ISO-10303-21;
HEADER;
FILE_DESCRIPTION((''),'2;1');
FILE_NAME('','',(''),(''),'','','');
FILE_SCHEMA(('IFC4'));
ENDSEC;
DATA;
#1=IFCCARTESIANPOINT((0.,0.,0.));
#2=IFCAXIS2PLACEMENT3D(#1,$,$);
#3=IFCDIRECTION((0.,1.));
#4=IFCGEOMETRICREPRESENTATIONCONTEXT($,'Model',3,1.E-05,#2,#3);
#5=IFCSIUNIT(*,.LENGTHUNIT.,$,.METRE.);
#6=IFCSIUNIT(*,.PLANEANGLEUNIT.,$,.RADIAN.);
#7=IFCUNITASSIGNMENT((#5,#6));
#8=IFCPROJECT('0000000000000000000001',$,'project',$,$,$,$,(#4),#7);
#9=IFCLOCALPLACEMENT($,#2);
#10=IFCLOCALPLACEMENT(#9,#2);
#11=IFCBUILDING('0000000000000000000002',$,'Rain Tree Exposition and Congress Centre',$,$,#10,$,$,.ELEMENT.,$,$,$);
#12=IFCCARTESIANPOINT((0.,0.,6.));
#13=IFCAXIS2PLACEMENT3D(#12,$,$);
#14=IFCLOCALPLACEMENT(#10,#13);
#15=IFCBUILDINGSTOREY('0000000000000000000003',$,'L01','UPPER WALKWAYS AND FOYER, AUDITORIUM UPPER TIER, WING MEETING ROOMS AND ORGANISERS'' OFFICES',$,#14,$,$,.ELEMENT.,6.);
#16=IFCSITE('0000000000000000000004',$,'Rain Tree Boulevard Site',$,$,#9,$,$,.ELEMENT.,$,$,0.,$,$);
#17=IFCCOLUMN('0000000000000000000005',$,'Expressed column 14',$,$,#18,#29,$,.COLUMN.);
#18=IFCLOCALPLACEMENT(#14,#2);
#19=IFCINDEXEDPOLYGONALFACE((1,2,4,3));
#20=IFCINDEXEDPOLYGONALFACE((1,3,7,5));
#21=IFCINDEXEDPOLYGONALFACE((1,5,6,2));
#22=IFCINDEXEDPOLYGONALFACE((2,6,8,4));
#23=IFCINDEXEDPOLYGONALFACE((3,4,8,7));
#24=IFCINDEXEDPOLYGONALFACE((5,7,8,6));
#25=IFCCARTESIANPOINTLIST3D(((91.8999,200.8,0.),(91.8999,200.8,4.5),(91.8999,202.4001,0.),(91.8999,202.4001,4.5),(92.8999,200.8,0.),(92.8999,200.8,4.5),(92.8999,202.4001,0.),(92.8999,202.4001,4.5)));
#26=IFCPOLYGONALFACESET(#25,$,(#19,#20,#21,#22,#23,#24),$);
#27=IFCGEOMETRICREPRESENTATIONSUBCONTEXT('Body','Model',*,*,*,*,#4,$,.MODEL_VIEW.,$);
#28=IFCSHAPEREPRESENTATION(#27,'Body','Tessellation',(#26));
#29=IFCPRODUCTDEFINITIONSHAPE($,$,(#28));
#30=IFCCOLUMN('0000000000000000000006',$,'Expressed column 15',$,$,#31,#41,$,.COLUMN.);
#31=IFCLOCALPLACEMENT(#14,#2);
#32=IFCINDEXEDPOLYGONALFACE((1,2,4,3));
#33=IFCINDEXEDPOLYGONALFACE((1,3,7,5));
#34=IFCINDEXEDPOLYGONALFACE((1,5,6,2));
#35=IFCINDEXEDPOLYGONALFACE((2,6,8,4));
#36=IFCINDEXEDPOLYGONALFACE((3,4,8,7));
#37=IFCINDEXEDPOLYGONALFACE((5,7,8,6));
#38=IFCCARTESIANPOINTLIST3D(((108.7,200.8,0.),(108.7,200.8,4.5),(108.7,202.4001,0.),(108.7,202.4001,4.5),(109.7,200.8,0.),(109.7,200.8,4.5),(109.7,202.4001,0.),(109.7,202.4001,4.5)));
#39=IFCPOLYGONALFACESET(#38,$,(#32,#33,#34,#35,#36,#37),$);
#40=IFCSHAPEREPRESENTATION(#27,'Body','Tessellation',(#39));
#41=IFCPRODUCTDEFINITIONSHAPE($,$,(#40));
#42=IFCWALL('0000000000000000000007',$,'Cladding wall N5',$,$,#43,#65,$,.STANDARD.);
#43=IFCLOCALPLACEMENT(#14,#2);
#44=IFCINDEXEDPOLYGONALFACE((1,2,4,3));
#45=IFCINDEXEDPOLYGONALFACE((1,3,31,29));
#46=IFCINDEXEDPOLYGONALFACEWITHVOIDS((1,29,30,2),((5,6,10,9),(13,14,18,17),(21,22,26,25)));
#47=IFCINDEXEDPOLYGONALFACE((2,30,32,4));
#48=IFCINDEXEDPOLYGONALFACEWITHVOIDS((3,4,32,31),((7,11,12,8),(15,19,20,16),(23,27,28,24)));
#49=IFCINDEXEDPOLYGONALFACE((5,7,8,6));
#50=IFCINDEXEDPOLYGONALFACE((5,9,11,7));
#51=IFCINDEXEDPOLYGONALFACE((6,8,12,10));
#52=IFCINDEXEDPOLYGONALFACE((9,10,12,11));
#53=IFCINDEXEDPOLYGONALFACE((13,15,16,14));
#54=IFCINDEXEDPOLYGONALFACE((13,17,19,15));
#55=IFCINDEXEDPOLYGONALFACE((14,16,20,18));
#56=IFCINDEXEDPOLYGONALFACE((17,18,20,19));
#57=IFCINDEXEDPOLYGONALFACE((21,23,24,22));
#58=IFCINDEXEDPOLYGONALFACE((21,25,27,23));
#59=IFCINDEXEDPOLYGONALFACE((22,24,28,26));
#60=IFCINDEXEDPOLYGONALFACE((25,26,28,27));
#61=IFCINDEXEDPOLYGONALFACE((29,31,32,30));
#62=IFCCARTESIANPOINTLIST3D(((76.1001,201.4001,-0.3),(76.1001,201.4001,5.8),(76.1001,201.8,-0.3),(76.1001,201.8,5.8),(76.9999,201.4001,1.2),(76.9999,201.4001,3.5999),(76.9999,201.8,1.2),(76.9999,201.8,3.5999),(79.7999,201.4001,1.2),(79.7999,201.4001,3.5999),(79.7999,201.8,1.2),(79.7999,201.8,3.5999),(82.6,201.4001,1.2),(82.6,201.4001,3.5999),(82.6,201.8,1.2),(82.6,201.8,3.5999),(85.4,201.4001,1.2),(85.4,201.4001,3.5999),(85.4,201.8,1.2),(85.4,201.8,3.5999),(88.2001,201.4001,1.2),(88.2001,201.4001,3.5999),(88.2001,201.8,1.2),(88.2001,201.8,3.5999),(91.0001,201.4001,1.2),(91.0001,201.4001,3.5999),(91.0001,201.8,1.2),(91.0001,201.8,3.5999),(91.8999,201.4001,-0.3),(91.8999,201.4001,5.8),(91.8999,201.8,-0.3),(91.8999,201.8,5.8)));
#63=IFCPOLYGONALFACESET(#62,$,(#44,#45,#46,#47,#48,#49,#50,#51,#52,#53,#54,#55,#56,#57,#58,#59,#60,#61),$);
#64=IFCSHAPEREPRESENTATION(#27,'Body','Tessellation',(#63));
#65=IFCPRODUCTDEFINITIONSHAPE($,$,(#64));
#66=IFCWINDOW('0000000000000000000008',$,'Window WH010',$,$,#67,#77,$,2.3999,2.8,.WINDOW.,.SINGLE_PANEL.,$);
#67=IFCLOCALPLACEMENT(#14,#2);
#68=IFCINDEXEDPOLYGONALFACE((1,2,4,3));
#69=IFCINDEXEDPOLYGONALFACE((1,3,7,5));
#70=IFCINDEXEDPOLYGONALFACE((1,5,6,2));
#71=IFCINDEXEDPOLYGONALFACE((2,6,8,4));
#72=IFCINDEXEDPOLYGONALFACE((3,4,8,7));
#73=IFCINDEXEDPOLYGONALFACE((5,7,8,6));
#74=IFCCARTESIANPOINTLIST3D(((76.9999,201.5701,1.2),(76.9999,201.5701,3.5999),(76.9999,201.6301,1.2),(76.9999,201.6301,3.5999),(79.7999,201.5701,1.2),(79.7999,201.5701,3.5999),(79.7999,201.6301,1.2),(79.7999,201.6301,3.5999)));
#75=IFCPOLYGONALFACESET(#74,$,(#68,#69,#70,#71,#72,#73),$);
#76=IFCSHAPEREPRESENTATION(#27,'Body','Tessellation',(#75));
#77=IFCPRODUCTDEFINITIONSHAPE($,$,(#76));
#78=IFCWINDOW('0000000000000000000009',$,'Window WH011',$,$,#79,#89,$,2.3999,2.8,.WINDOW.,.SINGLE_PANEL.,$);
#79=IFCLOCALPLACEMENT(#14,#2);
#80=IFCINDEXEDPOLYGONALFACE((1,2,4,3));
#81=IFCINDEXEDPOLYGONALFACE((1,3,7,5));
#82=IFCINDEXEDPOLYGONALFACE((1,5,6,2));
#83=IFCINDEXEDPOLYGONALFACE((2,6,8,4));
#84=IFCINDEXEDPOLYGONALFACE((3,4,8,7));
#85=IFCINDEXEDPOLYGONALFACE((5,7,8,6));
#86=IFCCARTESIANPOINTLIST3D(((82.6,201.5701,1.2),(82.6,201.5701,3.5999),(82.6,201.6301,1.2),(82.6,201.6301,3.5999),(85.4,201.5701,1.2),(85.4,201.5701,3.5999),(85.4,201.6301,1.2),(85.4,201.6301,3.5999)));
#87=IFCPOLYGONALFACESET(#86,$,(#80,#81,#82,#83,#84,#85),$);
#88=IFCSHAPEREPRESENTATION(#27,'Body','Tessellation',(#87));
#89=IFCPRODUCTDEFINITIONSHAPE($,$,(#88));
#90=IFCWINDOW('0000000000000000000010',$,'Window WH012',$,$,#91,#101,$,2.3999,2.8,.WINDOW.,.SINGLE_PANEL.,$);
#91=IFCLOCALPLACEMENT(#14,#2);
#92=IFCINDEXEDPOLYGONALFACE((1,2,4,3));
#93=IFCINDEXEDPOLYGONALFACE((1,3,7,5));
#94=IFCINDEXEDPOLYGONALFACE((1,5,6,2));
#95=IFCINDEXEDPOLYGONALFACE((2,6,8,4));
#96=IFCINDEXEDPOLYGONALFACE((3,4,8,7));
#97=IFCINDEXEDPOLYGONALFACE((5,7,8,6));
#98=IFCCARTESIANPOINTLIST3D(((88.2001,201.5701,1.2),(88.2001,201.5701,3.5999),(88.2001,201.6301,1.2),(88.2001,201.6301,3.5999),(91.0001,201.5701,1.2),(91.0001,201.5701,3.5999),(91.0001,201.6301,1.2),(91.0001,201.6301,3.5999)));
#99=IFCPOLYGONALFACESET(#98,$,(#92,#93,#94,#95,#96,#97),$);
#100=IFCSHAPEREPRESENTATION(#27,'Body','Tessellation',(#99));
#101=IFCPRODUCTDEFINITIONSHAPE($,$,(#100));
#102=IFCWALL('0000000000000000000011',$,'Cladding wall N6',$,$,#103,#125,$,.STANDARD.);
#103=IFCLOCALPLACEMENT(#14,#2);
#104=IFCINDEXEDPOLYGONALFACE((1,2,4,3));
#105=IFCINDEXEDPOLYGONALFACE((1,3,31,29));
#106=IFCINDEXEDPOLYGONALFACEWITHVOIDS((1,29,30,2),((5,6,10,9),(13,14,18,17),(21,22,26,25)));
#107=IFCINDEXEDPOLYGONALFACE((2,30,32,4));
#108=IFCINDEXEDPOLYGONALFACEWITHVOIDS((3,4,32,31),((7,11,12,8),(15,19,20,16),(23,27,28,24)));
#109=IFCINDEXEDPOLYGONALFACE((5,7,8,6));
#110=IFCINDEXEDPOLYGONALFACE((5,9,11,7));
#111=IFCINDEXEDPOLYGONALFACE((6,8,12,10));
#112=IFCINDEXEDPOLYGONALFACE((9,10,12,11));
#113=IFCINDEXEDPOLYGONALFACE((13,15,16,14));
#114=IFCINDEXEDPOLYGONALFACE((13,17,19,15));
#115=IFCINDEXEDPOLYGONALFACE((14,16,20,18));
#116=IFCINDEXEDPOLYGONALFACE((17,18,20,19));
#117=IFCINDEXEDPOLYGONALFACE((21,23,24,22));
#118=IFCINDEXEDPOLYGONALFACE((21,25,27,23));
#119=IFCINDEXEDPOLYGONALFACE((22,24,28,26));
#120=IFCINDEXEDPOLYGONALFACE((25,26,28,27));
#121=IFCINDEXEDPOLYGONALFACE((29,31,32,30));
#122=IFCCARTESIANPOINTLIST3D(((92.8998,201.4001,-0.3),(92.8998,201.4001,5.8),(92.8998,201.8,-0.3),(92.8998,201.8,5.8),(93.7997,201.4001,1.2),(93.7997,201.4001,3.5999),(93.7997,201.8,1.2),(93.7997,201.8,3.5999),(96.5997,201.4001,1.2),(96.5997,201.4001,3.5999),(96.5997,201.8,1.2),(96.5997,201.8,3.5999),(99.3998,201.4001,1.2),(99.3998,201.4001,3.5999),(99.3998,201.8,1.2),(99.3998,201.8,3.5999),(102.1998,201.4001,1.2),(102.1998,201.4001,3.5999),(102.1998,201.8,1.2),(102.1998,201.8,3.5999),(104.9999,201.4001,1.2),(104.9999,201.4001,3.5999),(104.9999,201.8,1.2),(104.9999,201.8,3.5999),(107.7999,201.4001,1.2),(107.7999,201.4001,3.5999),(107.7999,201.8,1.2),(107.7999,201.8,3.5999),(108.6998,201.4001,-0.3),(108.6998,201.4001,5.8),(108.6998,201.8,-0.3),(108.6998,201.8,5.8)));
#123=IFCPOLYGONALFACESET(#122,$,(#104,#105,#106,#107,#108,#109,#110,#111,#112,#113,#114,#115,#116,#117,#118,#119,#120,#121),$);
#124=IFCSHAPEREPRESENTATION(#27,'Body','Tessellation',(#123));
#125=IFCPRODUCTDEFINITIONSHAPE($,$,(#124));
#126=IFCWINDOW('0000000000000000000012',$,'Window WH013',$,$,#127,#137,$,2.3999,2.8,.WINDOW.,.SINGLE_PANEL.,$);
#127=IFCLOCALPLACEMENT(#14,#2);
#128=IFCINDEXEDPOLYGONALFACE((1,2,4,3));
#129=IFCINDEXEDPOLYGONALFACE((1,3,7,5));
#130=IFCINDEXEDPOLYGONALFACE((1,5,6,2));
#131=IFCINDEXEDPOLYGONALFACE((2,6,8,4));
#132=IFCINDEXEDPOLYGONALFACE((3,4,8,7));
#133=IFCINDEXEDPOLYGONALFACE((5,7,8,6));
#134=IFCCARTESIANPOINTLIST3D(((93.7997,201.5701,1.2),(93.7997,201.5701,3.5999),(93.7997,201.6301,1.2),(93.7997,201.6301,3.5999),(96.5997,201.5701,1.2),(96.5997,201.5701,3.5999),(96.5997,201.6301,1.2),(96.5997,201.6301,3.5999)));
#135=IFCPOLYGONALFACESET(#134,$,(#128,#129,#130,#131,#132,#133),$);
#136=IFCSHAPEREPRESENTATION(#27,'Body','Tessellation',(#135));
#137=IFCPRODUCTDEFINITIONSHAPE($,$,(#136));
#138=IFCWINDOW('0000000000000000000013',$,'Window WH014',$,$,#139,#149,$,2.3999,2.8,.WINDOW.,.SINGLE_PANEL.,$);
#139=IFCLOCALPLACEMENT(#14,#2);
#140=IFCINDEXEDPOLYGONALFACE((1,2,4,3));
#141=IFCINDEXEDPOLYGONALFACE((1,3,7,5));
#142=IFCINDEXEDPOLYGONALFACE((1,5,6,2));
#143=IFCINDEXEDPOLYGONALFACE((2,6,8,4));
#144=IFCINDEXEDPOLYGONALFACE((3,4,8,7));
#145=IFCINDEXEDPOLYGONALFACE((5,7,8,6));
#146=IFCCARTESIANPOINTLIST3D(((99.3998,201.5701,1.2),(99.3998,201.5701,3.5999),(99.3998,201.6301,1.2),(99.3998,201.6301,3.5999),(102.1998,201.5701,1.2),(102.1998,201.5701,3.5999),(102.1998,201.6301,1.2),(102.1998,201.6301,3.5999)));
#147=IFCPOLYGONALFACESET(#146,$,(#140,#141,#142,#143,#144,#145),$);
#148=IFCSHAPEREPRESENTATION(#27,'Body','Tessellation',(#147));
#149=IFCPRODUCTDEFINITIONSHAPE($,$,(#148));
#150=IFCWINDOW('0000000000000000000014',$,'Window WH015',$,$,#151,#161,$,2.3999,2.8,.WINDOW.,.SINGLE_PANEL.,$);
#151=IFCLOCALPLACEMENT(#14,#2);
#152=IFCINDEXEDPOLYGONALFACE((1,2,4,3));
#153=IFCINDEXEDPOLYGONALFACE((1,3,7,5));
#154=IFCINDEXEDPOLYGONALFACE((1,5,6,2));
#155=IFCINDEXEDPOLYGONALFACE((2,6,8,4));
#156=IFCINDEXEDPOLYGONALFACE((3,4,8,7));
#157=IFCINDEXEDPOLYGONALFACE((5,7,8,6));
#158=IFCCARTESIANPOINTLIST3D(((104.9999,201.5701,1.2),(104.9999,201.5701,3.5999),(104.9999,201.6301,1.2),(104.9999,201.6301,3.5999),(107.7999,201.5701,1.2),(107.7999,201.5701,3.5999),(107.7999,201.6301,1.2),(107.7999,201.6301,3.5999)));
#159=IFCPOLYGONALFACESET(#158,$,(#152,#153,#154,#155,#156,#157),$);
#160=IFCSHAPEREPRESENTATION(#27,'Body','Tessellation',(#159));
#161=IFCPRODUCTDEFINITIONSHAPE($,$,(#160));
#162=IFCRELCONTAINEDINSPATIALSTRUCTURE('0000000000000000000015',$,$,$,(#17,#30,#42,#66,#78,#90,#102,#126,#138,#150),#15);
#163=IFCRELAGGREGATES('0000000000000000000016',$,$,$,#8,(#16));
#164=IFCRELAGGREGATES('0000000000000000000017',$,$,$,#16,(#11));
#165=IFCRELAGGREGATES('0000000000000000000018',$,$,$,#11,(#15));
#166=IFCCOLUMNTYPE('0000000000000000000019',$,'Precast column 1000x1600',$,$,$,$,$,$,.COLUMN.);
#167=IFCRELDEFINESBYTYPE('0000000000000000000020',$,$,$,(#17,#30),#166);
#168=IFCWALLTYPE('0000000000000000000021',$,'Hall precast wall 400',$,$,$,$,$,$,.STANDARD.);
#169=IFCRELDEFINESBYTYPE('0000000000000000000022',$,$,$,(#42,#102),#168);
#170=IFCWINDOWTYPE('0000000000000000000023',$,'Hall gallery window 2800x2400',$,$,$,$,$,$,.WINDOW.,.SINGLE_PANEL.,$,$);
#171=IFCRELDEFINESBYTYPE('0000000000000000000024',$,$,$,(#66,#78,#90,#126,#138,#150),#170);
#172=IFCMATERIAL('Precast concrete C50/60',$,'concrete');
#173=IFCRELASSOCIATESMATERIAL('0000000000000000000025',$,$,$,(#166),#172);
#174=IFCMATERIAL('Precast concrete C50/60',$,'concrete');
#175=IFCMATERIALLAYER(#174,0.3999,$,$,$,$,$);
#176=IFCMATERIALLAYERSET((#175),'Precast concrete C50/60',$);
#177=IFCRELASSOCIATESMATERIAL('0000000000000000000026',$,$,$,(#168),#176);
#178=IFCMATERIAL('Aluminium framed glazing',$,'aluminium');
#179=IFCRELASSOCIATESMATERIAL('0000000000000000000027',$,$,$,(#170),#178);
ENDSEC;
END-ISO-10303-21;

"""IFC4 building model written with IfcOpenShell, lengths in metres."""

from ifc_helpers import new_model, si_unit, direction, frame, frame_2d, origin, origin_2d, place, context, subcontext, project, spatial, rectangle, extrude, material, layer, layer_set, material_profile, profile_set, type_object, element, fill, save


model = new_model("IFC4")

# Units and contexts
model_context = context("Model", 3, precision=1e-05, world=origin(), true_north=direction((0.0, 1.0)))
body_context = subcontext(model_context, "Body", "Model", "MODEL_VIEW")
ifc_project = project(units=[si_unit("LENGTHUNIT", "METRE"), si_unit("PLANEANGLEUNIT", "RADIAN")], contexts=[model_context])

# Site, building, storey
site_placement = place(None, origin())
site = spatial("IfcSite", under=ifc_project, at=site_placement, Name="Rain Tree Boulevard Site", CompositionType="ELEMENT", RefElevation=0.0)
building_placement = place(site_placement, origin())
building = spatial("IfcBuilding", under=site, at=building_placement, Name="Rain Tree Exposition and Congress Centre", CompositionType="ELEMENT")
storey_placement = place(building_placement, frame((0.0, 0.0, 6.0)))
storey = spatial("IfcBuildingStorey", under=building, at=storey_placement, Name="L01", Description="UPPER WALKWAYS AND FOYER, AUDITORIUM UPPER TIER, WING MEETING ROOMS AND ORGANISERS' OFFICES", CompositionType="ELEMENT", Elevation=6.0)

# Columns
ifc_material_1 = material(Name="Precast concrete C50/60", Category="concrete")
ifc_material_profile = material_profile(ifc_material_1, rectangle(XDim=1.0, YDim=1.6001, at=origin_2d()), Name="RC 1000x1600")
ifc_profile_set = profile_set([ifc_material_profile], Name="Precast concrete C50/60")
column_type = type_object("IfcColumnType", Name="Precast column 1000x1600", PredefinedType="COLUMN", material=ifc_profile_set)
for number, where, z_axis, x_axis, name in (
    (1, (92.3999, 201.6001, 0.0), (0.0, 0.0, 1.0), (1.0, 0.0, 0.0), "Expressed column 14"),
    (2, (109.2, 201.6001, 0.0), (0.0, 0.0, 1.0), (1.0, 0.0, 0.0), "Expressed column 15"),
):
    element("IfcColumn", number, at=place(storey_placement, frame(where, z_axis=z_axis, x_axis=x_axis)), inside=storey, type_object=column_type, Name=name, PredefinedType="COLUMN", context=body_context, shape_type="SweptSolid", body=[
        extrude(rectangle(XDim=1.0, YDim=1.6001, at=origin_2d()), origin(), (0.0, 0.0, 1.0), 4.5),
    ])

# Walls, openings, windows
ifc_material_2 = material(Name="Precast concrete C50/60", Category="concrete")
ifc_layer_1 = layer(ifc_material_2, 0.3999)
ifc_layer_set_1 = layer_set([ifc_layer_1], Name="Precast concrete C50/60")
wall_type = type_object("IfcWallType", Name="Hall precast wall 400", PredefinedType="STANDARD", material=ifc_layer_set_1)
wall_1_placement = place(storey_placement, frame((76.1001, 201.6001, -0.3), z_axis=(0.0, 0.0, 1.0), x_axis=(1.0, 0.0, 0.0)))
wall_1 = element("IfcWall", 3, at=wall_1_placement, inside=storey, type_object=wall_type, Name="Cladding wall N5", PredefinedType="STANDARD", context=body_context, shape_type="SweptSolid", body=[
    extrude(rectangle(XDim=15.7998, YDim=0.3999, at=frame_2d((7.8999, 0.0))), origin(), (0.0, 0.0, 1.0), 6.1001),
])
opening_1_placement = place(wall_1_placement, frame((0.8999, 0.0, 1.5)))
opening_1 = element("IfcOpeningElement", 4, at=opening_1_placement, cuts=wall_1, PredefinedType="OPENING", context=body_context, shape_type="SweptSolid", body=[
    extrude(rectangle(XDim=2.8, YDim=2.3999, at=frame_2d((1.3999, 1.2))), frame((0.0, 0.2, 0.0), z_axis=(0.0, -1.0, 0.0), x_axis=(1.0, 0.0, 0.0)), (0.0, 0.0, 1.0), 0.3999),
])
opening_2_placement = place(wall_1_placement, frame((6.5, 0.0, 1.5)))
opening_2 = element("IfcOpeningElement", 5, at=opening_2_placement, cuts=wall_1, PredefinedType="OPENING", context=body_context, shape_type="SweptSolid", body=[
    extrude(rectangle(XDim=2.8, YDim=2.3999, at=frame_2d((1.3999, 1.2))), frame((0.0, 0.2, 0.0), z_axis=(0.0, -1.0, 0.0), x_axis=(1.0, 0.0, 0.0)), (0.0, 0.0, 1.0), 0.3999),
])
opening_3_placement = place(wall_1_placement, frame((12.1001, 0.0, 1.5)))
opening_3 = element("IfcOpeningElement", 6, at=opening_3_placement, cuts=wall_1, PredefinedType="OPENING", context=body_context, shape_type="SweptSolid", body=[
    extrude(rectangle(XDim=2.8, YDim=2.3999, at=frame_2d((1.3999, 1.2))), frame((0.0, 0.2, 0.0), z_axis=(0.0, -1.0, 0.0), x_axis=(1.0, 0.0, 0.0)), (0.0, 0.0, 1.0), 0.3999),
])
ifc_material_3 = material(Name="Aluminium framed glazing", Category="aluminium")
window_type = type_object("IfcWindowType", Name="Hall gallery window 2800x2400", PartitioningType="SINGLE_PANEL", PredefinedType="WINDOW", material=ifc_material_3)
window_1_placement = place(opening_1_placement, origin())
window_1 = element("IfcWindow", 7, at=window_1_placement, inside=storey, type_object=window_type, Name="Window WH010", OverallHeight=2.3999, OverallWidth=2.8, PartitioningType="SINGLE_PANEL", PredefinedType="WINDOW", context=body_context, shape_type="SweptSolid", body=[
    extrude(rectangle(XDim=2.8, YDim=2.3999, at=frame_2d((1.3999, 1.2))), frame((0.0, 0.03, 0.0), z_axis=(0.0, -1.0, 0.0), x_axis=(1.0, 0.0, 0.0)), (0.0, 0.0, 1.0), 0.0601),
])
fill(opening_1, window_1)
window_2_placement = place(opening_2_placement, origin())
window_2 = element("IfcWindow", 8, at=window_2_placement, inside=storey, type_object=window_type, Name="Window WH011", OverallHeight=2.3999, OverallWidth=2.8, PartitioningType="SINGLE_PANEL", PredefinedType="WINDOW", context=body_context, shape_type="SweptSolid", body=[
    extrude(rectangle(XDim=2.8, YDim=2.3999, at=frame_2d((1.3999, 1.2))), frame((0.0, 0.03, 0.0), z_axis=(0.0, -1.0, 0.0), x_axis=(1.0, 0.0, 0.0)), (0.0, 0.0, 1.0), 0.0601),
])
fill(opening_2, window_2)
window_3_placement = place(opening_3_placement, origin())
window_3 = element("IfcWindow", 9, at=window_3_placement, inside=storey, type_object=window_type, Name="Window WH012", OverallHeight=2.3999, OverallWidth=2.8, PartitioningType="SINGLE_PANEL", PredefinedType="WINDOW", context=body_context, shape_type="SweptSolid", body=[
    extrude(rectangle(XDim=2.8, YDim=2.3999, at=frame_2d((1.3999, 1.2))), frame((0.0, 0.03, 0.0), z_axis=(0.0, -1.0, 0.0), x_axis=(1.0, 0.0, 0.0)), (0.0, 0.0, 1.0), 0.0601),
])
fill(opening_3, window_3)
wall_2_placement = place(storey_placement, frame((92.8999, 201.6001, -0.3), z_axis=(0.0, 0.0, 1.0), x_axis=(1.0, 0.0, 0.0)))
wall_2 = element("IfcWall", 10, at=wall_2_placement, inside=storey, type_object=wall_type, Name="Cladding wall N6", PredefinedType="STANDARD", context=body_context, shape_type="SweptSolid", body=[
    extrude(rectangle(XDim=15.8, YDim=0.3999, at=frame_2d((7.8999, 0.0))), origin(), (0.0, 0.0, 1.0), 6.1001),
])
opening_4_placement = place(wall_2_placement, frame((0.8999, 0.0, 1.5)))
opening_4 = element("IfcOpeningElement", 11, at=opening_4_placement, cuts=wall_2, PredefinedType="OPENING", context=body_context, shape_type="SweptSolid", body=[
    extrude(rectangle(XDim=2.8, YDim=2.3999, at=frame_2d((1.3999, 1.2))), frame((0.0, 0.2, 0.0), z_axis=(0.0, -1.0, 0.0), x_axis=(1.0, 0.0, 0.0)), (0.0, 0.0, 1.0), 0.3999),
])
opening_5_placement = place(wall_2_placement, frame((6.5, 0.0, 1.5)))
opening_5 = element("IfcOpeningElement", 12, at=opening_5_placement, cuts=wall_2, PredefinedType="OPENING", context=body_context, shape_type="SweptSolid", body=[
    extrude(rectangle(XDim=2.8, YDim=2.3999, at=frame_2d((1.3999, 1.2))), frame((0.0, 0.2, 0.0), z_axis=(0.0, -1.0, 0.0), x_axis=(1.0, 0.0, 0.0)), (0.0, 0.0, 1.0), 0.3999),
])
opening_6_placement = place(wall_2_placement, frame((12.1001, 0.0, 1.5)))
opening_6 = element("IfcOpeningElement", 13, at=opening_6_placement, cuts=wall_2, PredefinedType="OPENING", context=body_context, shape_type="SweptSolid", body=[
    extrude(rectangle(XDim=2.8, YDim=2.3999, at=frame_2d((1.3999, 1.2))), frame((0.0, 0.2, 0.0), z_axis=(0.0, -1.0, 0.0), x_axis=(1.0, 0.0, 0.0)), (0.0, 0.0, 1.0), 0.3999),
])
window_4_placement = place(opening_4_placement, origin())
window_4 = element("IfcWindow", 14, at=window_4_placement, inside=storey, type_object=window_type, Name="Window WH013", OverallHeight=2.3999, OverallWidth=2.8, PartitioningType="SINGLE_PANEL", PredefinedType="WINDOW", context=body_context, shape_type="SweptSolid", body=[
    extrude(rectangle(XDim=2.8, YDim=2.3999, at=frame_2d((1.3999, 1.2))), frame((0.0, 0.03, 0.0), z_axis=(0.0, -1.0, 0.0), x_axis=(1.0, 0.0, 0.0)), (0.0, 0.0, 1.0), 0.0601),
])
fill(opening_4, window_4)
window_5_placement = place(opening_5_placement, origin())
window_5 = element("IfcWindow", 15, at=window_5_placement, inside=storey, type_object=window_type, Name="Window WH014", OverallHeight=2.3999, OverallWidth=2.8, PartitioningType="SINGLE_PANEL", PredefinedType="WINDOW", context=body_context, shape_type="SweptSolid", body=[
    extrude(rectangle(XDim=2.8, YDim=2.3999, at=frame_2d((1.3999, 1.2))), frame((0.0, 0.03, 0.0), z_axis=(0.0, -1.0, 0.0), x_axis=(1.0, 0.0, 0.0)), (0.0, 0.0, 1.0), 0.0601),
])
fill(opening_5, window_5)
window_6_placement = place(opening_6_placement, origin())
window_6 = element("IfcWindow", 16, at=window_6_placement, inside=storey, type_object=window_type, Name="Window WH015", OverallHeight=2.3999, OverallWidth=2.8, PartitioningType="SINGLE_PANEL", PredefinedType="WINDOW", context=body_context, shape_type="SweptSolid", body=[
    extrude(rectangle(XDim=2.8, YDim=2.3999, at=frame_2d((1.3999, 1.2))), frame((0.0, 0.03, 0.0), z_axis=(0.0, -1.0, 0.0), x_axis=(1.0, 0.0, 0.0)), (0.0, 0.0, 1.0), 0.0601),
])
fill(opening_6, window_6)

save(model, "model.ifc")
